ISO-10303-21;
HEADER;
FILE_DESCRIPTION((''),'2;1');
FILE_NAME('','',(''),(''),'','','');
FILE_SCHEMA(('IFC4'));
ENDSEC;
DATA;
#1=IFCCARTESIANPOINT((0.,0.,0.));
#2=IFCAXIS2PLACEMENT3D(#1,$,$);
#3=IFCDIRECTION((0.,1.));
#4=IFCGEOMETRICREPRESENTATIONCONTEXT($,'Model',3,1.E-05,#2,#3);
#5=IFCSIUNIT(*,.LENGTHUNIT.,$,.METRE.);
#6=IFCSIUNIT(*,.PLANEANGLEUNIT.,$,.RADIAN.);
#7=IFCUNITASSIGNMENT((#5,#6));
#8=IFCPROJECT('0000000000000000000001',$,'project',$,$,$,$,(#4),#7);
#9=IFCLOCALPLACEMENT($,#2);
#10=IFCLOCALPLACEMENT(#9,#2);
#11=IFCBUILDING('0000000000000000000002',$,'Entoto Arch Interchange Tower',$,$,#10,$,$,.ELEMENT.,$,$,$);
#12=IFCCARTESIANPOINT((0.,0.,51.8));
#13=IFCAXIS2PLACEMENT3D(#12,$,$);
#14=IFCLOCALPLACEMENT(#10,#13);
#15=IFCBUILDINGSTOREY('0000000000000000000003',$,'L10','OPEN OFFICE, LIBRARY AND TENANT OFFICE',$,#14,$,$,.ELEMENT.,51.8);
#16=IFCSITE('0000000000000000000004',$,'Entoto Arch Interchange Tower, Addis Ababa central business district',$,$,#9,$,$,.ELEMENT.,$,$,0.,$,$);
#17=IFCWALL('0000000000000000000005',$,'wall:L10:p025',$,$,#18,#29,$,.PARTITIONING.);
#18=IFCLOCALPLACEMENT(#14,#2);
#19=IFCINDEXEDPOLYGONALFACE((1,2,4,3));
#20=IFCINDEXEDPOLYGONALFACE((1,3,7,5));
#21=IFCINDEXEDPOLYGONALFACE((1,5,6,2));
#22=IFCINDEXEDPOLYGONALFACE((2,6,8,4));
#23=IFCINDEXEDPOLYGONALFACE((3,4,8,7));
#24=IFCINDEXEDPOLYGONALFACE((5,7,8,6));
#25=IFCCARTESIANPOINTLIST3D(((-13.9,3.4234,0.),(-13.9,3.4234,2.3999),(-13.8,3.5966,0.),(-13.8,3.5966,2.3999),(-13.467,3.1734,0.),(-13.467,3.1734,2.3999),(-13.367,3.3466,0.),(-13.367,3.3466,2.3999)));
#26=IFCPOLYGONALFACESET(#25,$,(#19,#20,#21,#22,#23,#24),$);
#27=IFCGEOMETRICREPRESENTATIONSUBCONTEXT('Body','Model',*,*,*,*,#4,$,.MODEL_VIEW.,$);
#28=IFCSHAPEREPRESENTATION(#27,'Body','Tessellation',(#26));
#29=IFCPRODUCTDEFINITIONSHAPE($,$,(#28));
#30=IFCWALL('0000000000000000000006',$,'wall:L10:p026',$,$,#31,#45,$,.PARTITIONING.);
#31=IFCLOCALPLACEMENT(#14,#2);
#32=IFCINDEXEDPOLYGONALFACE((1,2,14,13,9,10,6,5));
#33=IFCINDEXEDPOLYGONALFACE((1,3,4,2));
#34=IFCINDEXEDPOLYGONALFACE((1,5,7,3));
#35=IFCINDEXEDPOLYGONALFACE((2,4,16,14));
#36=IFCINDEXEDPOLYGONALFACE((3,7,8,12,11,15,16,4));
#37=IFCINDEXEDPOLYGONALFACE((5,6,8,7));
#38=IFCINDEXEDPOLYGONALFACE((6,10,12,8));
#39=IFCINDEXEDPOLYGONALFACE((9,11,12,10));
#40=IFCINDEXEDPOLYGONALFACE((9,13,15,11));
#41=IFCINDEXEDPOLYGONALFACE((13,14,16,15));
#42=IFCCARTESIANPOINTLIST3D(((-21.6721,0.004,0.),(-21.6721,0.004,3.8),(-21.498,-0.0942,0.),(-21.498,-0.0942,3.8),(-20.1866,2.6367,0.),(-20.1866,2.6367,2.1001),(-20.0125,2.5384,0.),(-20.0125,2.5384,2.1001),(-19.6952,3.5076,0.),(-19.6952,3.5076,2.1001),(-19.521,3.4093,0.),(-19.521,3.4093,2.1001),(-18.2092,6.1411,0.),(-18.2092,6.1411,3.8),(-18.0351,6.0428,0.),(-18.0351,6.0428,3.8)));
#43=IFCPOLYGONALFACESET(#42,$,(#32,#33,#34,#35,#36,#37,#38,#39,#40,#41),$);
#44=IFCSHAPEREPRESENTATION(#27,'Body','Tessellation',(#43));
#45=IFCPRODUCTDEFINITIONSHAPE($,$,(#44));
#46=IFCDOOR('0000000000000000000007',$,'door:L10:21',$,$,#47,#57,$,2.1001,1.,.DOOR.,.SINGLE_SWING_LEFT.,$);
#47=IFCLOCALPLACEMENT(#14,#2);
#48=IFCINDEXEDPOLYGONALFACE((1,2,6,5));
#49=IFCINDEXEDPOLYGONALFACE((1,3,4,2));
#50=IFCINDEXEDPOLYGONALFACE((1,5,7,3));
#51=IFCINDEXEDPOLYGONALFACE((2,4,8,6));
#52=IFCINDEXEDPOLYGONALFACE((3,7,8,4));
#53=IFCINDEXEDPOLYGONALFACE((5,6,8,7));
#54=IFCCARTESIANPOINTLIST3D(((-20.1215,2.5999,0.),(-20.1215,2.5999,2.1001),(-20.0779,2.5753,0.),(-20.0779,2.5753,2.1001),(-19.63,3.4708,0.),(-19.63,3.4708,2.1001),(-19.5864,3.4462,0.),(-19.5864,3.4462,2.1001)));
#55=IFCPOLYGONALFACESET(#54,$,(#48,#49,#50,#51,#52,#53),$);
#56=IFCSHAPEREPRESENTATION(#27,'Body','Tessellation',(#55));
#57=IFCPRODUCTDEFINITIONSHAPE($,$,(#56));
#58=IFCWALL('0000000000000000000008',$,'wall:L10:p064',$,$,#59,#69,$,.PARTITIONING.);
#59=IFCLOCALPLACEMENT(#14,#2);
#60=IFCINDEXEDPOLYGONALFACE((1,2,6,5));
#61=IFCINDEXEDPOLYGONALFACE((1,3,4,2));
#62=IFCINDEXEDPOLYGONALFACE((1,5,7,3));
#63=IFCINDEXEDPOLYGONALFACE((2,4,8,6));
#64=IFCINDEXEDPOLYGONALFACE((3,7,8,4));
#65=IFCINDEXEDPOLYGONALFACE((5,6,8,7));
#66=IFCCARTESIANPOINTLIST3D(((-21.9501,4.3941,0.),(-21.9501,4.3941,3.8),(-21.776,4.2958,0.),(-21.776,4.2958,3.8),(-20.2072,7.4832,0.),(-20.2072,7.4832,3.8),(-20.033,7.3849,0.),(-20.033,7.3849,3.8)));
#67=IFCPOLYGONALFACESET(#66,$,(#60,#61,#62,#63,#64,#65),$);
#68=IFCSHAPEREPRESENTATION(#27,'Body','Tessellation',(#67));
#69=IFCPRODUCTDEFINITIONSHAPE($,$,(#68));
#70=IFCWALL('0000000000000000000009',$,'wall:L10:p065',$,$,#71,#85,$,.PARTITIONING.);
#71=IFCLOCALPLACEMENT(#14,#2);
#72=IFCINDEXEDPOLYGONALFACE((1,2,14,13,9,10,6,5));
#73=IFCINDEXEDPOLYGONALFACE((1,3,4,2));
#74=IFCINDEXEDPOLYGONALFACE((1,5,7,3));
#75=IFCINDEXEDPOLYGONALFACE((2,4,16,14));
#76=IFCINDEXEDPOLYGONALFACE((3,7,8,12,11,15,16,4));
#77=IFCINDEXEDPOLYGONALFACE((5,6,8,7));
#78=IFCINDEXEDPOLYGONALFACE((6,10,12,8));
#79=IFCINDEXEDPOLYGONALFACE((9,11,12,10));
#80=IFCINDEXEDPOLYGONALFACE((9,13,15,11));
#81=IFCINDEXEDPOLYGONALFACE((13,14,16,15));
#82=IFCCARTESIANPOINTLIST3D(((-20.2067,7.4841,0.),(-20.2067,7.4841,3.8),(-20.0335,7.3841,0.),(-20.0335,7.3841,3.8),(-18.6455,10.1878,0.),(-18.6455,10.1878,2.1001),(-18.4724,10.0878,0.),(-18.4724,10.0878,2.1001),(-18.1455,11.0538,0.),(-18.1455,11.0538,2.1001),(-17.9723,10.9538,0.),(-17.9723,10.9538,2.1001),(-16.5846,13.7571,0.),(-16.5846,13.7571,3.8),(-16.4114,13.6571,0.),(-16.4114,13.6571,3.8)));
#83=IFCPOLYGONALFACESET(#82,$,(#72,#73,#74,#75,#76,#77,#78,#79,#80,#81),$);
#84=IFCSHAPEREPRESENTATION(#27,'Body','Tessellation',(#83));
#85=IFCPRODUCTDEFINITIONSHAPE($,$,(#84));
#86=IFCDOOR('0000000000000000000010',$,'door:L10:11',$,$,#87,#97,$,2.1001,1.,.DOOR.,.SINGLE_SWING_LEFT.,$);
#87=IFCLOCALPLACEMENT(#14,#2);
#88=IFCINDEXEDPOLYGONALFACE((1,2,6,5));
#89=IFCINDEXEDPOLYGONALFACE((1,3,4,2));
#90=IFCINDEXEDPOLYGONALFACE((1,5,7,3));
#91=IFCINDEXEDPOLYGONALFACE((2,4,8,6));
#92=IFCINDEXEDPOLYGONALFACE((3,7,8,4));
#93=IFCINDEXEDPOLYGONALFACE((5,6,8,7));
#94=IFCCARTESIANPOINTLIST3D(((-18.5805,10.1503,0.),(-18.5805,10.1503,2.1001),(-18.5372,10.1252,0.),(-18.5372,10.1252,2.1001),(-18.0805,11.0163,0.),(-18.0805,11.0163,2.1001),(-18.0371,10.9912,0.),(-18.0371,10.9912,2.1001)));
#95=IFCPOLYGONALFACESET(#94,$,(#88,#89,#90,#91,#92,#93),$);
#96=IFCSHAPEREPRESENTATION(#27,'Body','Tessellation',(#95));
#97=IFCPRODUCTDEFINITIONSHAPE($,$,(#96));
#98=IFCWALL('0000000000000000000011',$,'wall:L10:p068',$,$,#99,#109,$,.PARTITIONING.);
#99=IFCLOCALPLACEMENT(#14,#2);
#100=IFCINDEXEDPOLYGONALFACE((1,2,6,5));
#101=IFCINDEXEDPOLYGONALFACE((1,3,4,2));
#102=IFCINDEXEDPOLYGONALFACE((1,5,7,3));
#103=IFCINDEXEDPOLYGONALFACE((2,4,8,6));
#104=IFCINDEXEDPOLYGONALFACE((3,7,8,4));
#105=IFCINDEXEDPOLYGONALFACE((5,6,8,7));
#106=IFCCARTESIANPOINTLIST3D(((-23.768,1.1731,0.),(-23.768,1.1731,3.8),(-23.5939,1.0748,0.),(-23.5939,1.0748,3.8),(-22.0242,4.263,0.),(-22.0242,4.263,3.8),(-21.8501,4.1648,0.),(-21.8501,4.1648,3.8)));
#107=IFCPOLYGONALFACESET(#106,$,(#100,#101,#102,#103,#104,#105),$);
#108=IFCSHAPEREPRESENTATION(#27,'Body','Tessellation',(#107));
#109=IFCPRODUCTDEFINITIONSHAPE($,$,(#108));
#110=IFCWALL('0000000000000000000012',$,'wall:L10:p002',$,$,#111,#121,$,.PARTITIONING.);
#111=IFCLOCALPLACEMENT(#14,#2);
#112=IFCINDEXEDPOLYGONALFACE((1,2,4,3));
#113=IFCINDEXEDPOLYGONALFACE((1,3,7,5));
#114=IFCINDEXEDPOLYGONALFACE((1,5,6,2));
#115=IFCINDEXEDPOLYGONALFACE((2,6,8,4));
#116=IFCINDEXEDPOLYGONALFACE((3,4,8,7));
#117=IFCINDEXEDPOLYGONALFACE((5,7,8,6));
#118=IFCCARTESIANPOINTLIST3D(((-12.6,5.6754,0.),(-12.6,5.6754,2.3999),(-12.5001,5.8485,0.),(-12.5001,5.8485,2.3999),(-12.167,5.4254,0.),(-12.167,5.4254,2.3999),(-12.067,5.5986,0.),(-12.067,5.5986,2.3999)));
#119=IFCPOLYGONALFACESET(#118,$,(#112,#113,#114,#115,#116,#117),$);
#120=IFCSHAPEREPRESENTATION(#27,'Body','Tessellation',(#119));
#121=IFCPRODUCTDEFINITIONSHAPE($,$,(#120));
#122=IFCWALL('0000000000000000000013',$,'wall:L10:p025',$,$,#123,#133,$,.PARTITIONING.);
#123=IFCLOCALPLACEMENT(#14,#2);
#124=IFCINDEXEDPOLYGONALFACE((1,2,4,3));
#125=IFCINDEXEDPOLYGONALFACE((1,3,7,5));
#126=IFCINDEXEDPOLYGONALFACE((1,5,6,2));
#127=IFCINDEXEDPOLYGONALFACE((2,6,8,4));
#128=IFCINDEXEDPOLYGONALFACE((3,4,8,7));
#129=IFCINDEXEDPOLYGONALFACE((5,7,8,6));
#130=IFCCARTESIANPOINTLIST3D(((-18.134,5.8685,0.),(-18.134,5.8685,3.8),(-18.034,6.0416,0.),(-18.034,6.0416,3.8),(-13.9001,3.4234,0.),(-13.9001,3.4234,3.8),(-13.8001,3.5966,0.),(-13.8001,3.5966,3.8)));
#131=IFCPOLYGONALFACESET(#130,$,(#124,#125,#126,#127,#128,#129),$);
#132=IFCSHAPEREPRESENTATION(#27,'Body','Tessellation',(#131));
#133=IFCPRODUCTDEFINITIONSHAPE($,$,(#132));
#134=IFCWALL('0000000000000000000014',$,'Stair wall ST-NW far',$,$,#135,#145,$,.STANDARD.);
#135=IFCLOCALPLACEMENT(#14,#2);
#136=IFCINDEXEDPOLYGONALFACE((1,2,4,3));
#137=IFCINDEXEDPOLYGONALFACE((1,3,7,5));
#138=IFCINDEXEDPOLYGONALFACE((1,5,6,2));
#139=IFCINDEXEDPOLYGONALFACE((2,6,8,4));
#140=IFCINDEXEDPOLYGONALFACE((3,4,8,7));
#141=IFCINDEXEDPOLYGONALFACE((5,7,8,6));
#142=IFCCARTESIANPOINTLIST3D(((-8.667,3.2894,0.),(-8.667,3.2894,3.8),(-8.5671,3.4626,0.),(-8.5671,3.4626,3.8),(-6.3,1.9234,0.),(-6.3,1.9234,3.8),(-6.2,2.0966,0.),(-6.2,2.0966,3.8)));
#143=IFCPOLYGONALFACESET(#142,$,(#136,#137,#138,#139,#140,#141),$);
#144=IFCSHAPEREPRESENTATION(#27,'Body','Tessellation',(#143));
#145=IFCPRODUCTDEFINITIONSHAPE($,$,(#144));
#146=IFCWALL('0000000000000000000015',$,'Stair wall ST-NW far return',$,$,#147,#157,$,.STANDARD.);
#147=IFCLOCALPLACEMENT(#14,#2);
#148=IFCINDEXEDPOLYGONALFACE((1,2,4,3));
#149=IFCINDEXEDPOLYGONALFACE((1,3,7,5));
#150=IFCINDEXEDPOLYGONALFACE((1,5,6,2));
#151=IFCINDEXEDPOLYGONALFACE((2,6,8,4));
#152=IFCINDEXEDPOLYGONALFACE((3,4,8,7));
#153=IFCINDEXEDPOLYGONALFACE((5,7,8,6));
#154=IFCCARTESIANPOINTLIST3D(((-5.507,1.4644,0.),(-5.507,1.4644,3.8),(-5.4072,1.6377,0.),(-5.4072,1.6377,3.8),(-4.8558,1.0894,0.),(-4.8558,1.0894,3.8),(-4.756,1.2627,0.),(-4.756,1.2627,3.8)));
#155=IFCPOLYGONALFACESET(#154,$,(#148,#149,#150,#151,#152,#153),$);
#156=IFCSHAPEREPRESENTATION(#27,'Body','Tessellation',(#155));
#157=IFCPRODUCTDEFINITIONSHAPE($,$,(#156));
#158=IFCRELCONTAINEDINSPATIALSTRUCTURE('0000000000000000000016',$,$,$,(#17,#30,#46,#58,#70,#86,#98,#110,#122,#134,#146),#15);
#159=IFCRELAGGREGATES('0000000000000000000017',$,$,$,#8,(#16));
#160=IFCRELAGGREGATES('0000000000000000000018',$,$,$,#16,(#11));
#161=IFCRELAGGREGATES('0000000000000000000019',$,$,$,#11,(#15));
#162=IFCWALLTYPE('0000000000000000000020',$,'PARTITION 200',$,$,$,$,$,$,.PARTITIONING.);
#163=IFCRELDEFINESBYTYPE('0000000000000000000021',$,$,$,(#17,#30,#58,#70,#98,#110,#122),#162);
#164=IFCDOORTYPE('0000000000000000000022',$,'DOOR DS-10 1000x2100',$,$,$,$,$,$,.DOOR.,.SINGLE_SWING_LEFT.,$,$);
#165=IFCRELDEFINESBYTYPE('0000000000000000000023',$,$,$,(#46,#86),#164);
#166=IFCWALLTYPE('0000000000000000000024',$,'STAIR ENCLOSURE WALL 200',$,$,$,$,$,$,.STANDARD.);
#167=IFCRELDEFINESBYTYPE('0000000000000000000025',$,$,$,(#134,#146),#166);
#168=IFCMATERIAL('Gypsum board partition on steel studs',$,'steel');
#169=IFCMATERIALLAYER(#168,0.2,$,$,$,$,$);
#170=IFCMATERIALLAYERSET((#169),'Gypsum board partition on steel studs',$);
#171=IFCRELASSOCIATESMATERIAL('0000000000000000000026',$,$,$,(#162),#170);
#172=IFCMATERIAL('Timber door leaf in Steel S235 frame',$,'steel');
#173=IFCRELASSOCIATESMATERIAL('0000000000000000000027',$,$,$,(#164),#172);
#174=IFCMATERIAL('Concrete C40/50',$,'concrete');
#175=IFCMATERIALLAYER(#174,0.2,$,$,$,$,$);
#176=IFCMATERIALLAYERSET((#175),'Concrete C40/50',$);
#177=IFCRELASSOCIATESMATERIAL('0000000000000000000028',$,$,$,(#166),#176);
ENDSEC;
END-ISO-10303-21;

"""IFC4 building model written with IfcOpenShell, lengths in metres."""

from ifc_helpers import new_model, si_unit, direction, frame, frame_2d, origin, place, context, subcontext, project, spatial, rectangle, extrude, material, layer, layer_set, type_object, element, fill, save


model = new_model("IFC4")

# Units and contexts
model_context = context("Model", 3, precision=1e-05, world=origin(), true_north=direction((0.0, 1.0)))
body_context = subcontext(model_context, "Body", "Model", "MODEL_VIEW")
ifc_project = project(units=[si_unit("LENGTHUNIT", "METRE"), si_unit("PLANEANGLEUNIT", "RADIAN")], contexts=[model_context])

# Site, building, storey
site_placement = place(None, origin())
site = spatial("IfcSite", under=ifc_project, at=site_placement, Name="Entoto Arch Interchange Tower, Addis Ababa central business district", CompositionType="ELEMENT", RefElevation=0.0)
building_placement = place(site_placement, origin())
building = spatial("IfcBuilding", under=site, at=building_placement, Name="Entoto Arch Interchange Tower", CompositionType="ELEMENT")
storey_placement = place(building_placement, frame((0.0, 0.0, 51.8)))
storey = spatial("IfcBuildingStorey", under=building, at=storey_placement, Name="L10", Description="OPEN OFFICE, LIBRARY AND TENANT OFFICE", CompositionType="ELEMENT", Elevation=51.8)

# Shared definitions
ifc_material_1 = material(Name="Concrete C40/50", Category="concrete")

# Wall
ifc_material_2 = material(Name="Gypsum board partition on steel studs", Category="steel")
ifc_layer_1 = layer(ifc_material_2, 0.2)
ifc_layer_set_1 = layer_set([ifc_layer_1], Name="Gypsum board partition on steel studs")
wall_type_1 = type_object("IfcWallType", Name="PARTITION 200", PredefinedType="PARTITIONING", material=ifc_layer_set_1)
wall_1_placement = place(storey_placement, frame((-13.417, 3.26, 0.0), z_axis=(0.0, 0.0, 1.0), x_axis=(-0.866072, 0.49992, 0.0)))
element("IfcWall", 1, at=wall_1_placement, inside=storey, type_object=wall_type_1, Name="wall:L10:p025", PredefinedType="PARTITIONING", context=body_context, shape_type="SweptSolid", body=[
    extrude(rectangle(XDim=0.5, YDim=0.2, at=frame_2d((0.25, 0.0))), origin(), (0.0, 0.0, 1.0), 2.3999),
])

# Wall, opening, door
wall_2_placement = place(storey_placement, frame((-18.1221, 6.092, 0.0), z_axis=(0.0, 0.0, 1.0), x_axis=(-0.49143, -0.870917, 0.0)))
wall_2 = element("IfcWall", 2, at=wall_2_placement, inside=storey, type_object=wall_type_1, Name="wall:L10:p026", PredefinedType="PARTITIONING", context=body_context, shape_type="SweptSolid", body=[
    extrude(rectangle(XDim=7.0466, YDim=0.2, at=frame_2d((3.5234, 0.0))), origin(), (0.0, 0.0, 1.0), 3.8),
])
opening_1_placement = place(wall_2_placement, frame((3.0239, 0.0, 0.0)))
opening_1 = element("IfcOpeningElement", 3, at=opening_1_placement, cuts=wall_2, PredefinedType="OPENING", context=body_context, shape_type="SweptSolid", body=[
    extrude(rectangle(XDim=1.0, YDim=2.1001, at=frame_2d((0.5, 1.05))), frame((0.0, 0.1099, 0.0), z_axis=(0.0, -1.0, 0.0), x_axis=(1.0, 0.0, 0.0)), (0.0, 0.0, 1.0), 0.22),
])
ifc_material_3 = material(Name="Timber door leaf in Steel S235 frame", Category="steel")
door_type_1 = type_object("IfcDoorType", Name="DOOR DS-10 1000x2100", OperationType="SINGLE_SWING_LEFT", PredefinedType="DOOR", material=ifc_material_3)
door_1_placement = place(opening_1_placement, origin())
door_1 = element("IfcDoor", 4, at=door_1_placement, inside=storey, type_object=door_type_1, Name="door:L10:21", OperationType="SINGLE_SWING_LEFT", OverallHeight=2.1001, OverallWidth=1.0, PredefinedType="DOOR", context=body_context, shape_type="SweptSolid", body=[
    extrude(rectangle(XDim=1.0, YDim=2.1001, at=frame_2d((0.5, 1.05))), frame((0.0, 0.0249, 0.0), z_axis=(0.0, -1.0, 0.0), x_axis=(1.0, 0.0, 0.0)), (0.0, 0.0, 1.0), 0.05),
])
fill(opening_1, door_1)

# Wall
wall_3_placement = place(storey_placement, frame((-21.863, 4.345, 0.0), z_axis=(0.0, 0.0, 1.0), x_axis=(0.491395, 0.870937, 0.0)))
element("IfcWall", 5, at=wall_3_placement, inside=storey, type_object=wall_type_1, Name="wall:L10:p064", PredefinedType="PARTITIONING", context=body_context, shape_type="SweptSolid", body=[
    extrude(rectangle(XDim=3.5469, YDim=0.2, at=frame_2d((1.7734, 0.0))), origin(), (0.0, 0.0, 1.0), 3.8),
])

# Wall, opening, door
wall_4_placement = place(storey_placement, frame((-20.1201, 7.4341, 0.0), z_axis=(0.0, 0.0, 1.0), x_axis=(0.500039, 0.866003, 0.0)))
wall_4 = element("IfcWall", 6, at=wall_4_placement, inside=storey, type_object=wall_type_1, Name="wall:L10:p065", PredefinedType="PARTITIONING", context=body_context, shape_type="SweptSolid", body=[
    extrude(rectangle(XDim=7.2437, YDim=0.2, at=frame_2d((3.6218, 0.0))), origin(), (0.0, 0.0, 1.0), 3.8),
])
opening_2_placement = place(wall_4_placement, frame((3.1221, 0.0, 0.0)))
opening_2 = element("IfcOpeningElement", 7, at=opening_2_placement, cuts=wall_4, PredefinedType="OPENING", context=body_context, shape_type="SweptSolid", body=[
    extrude(rectangle(XDim=1.0, YDim=2.1001, at=frame_2d((0.5, 1.05))), frame((0.0, 0.1099, 0.0), z_axis=(0.0, -1.0, 0.0), x_axis=(1.0, 0.0, 0.0)), (0.0, 0.0, 1.0), 0.22),
])
door_2_placement = place(opening_2_placement, origin())
door_2 = element("IfcDoor", 8, at=door_2_placement, inside=storey, type_object=door_type_1, Name="door:L10:11", OperationType="SINGLE_SWING_LEFT", OverallHeight=2.1001, OverallWidth=1.0, PredefinedType="DOOR", context=body_context, shape_type="SweptSolid", body=[
    extrude(rectangle(XDim=1.0, YDim=2.1001, at=frame_2d((0.5, 1.05))), frame((0.0, 0.0249, 0.0), z_axis=(0.0, -1.0, 0.0), x_axis=(1.0, 0.0, 0.0)), (0.0, 0.0, 1.0), 0.05),
])
fill(opening_2, door_2)

# Walls
wall_5_placement = place(storey_placement, frame((-23.6809, 1.124, 0.0), z_axis=(0.0, 0.0, 1.0), x_axis=(0.491486, 0.870886, 0.0)))
element("IfcWall", 9, at=wall_5_placement, inside=storey, type_object=wall_type_1, Name="wall:L10:p068", PredefinedType="PARTITIONING", context=body_context, shape_type="SweptSolid", body=[
    extrude(rectangle(XDim=3.5481, YDim=0.2, at=frame_2d((1.7739, 0.0))), origin(), (0.0, 0.0, 1.0), 3.8),
])
wall_6_placement = place(storey_placement, frame((-12.55, 5.762, 0.0), z_axis=(0.0, 0.0, 1.0), x_axis=(0.866072, -0.49992, 0.0)))
element("IfcWall", 10, at=wall_6_placement, inside=storey, type_object=wall_type_1, Name="wall:L10:p002", PredefinedType="PARTITIONING", context=body_context, shape_type="SweptSolid", body=[
    extrude(rectangle(XDim=0.5, YDim=0.2, at=frame_2d((0.25, 0.0))), origin(), (0.0, 0.0, 1.0), 2.3999),
])
wall_7_placement = place(storey_placement, frame((-13.8501, 3.51, 0.0), z_axis=(0.0, 0.0, 1.0), x_axis=(-0.865969, 0.500097, 0.0)))
element("IfcWall", 11, at=wall_7_placement, inside=storey, type_object=wall_type_1, Name="wall:L10:p025", PredefinedType="PARTITIONING", context=body_context, shape_type="SweptSolid", body=[
    extrude(rectangle(XDim=4.8892, YDim=0.2, at=frame_2d((2.4446, 0.0))), origin(), (0.0, 0.0, 1.0), 3.8),
])
ifc_layer_2 = layer(ifc_material_1, 0.2)
ifc_layer_set_2 = layer_set([ifc_layer_2], Name="Concrete C40/50")
wall_type_2 = type_object("IfcWallType", Name="STAIR ENCLOSURE WALL 200", PredefinedType="STANDARD", material=ifc_layer_set_2)
wall_8_placement = place(storey_placement, frame((-6.25, 2.01, 0.0), z_axis=(0.0, 0.0, 1.0), x_axis=(-0.866119, 0.499838, 0.0)))
element("IfcWall", 12, at=wall_8_placement, inside=storey, type_object=wall_type_2, Name="Stair wall ST-NW far", PredefinedType="STANDARD", context=body_context, shape_type="SweptSolid", body=[
    extrude(rectangle(XDim=2.7329, YDim=0.2, at=frame_2d((1.3665, 0.0))), origin(), (0.0, 0.0, 1.0), 3.8),
])
wall_9_placement = place(storey_placement, frame((-4.8059, 1.176, 0.0), z_axis=(0.0, 0.0, 1.0), x_axis=(-0.866559, 0.499075, 0.0)))
element("IfcWall", 13, at=wall_9_placement, inside=storey, type_object=wall_type_2, Name="Stair wall ST-NW far return", PredefinedType="STANDARD", context=body_context, shape_type="SweptSolid", body=[
    extrude(rectangle(XDim=0.7515, YDim=0.2, at=frame_2d((0.3757, 0.0))), origin(), (0.0, 0.0, 1.0), 3.8),
])

save(model, "model.ifc")
